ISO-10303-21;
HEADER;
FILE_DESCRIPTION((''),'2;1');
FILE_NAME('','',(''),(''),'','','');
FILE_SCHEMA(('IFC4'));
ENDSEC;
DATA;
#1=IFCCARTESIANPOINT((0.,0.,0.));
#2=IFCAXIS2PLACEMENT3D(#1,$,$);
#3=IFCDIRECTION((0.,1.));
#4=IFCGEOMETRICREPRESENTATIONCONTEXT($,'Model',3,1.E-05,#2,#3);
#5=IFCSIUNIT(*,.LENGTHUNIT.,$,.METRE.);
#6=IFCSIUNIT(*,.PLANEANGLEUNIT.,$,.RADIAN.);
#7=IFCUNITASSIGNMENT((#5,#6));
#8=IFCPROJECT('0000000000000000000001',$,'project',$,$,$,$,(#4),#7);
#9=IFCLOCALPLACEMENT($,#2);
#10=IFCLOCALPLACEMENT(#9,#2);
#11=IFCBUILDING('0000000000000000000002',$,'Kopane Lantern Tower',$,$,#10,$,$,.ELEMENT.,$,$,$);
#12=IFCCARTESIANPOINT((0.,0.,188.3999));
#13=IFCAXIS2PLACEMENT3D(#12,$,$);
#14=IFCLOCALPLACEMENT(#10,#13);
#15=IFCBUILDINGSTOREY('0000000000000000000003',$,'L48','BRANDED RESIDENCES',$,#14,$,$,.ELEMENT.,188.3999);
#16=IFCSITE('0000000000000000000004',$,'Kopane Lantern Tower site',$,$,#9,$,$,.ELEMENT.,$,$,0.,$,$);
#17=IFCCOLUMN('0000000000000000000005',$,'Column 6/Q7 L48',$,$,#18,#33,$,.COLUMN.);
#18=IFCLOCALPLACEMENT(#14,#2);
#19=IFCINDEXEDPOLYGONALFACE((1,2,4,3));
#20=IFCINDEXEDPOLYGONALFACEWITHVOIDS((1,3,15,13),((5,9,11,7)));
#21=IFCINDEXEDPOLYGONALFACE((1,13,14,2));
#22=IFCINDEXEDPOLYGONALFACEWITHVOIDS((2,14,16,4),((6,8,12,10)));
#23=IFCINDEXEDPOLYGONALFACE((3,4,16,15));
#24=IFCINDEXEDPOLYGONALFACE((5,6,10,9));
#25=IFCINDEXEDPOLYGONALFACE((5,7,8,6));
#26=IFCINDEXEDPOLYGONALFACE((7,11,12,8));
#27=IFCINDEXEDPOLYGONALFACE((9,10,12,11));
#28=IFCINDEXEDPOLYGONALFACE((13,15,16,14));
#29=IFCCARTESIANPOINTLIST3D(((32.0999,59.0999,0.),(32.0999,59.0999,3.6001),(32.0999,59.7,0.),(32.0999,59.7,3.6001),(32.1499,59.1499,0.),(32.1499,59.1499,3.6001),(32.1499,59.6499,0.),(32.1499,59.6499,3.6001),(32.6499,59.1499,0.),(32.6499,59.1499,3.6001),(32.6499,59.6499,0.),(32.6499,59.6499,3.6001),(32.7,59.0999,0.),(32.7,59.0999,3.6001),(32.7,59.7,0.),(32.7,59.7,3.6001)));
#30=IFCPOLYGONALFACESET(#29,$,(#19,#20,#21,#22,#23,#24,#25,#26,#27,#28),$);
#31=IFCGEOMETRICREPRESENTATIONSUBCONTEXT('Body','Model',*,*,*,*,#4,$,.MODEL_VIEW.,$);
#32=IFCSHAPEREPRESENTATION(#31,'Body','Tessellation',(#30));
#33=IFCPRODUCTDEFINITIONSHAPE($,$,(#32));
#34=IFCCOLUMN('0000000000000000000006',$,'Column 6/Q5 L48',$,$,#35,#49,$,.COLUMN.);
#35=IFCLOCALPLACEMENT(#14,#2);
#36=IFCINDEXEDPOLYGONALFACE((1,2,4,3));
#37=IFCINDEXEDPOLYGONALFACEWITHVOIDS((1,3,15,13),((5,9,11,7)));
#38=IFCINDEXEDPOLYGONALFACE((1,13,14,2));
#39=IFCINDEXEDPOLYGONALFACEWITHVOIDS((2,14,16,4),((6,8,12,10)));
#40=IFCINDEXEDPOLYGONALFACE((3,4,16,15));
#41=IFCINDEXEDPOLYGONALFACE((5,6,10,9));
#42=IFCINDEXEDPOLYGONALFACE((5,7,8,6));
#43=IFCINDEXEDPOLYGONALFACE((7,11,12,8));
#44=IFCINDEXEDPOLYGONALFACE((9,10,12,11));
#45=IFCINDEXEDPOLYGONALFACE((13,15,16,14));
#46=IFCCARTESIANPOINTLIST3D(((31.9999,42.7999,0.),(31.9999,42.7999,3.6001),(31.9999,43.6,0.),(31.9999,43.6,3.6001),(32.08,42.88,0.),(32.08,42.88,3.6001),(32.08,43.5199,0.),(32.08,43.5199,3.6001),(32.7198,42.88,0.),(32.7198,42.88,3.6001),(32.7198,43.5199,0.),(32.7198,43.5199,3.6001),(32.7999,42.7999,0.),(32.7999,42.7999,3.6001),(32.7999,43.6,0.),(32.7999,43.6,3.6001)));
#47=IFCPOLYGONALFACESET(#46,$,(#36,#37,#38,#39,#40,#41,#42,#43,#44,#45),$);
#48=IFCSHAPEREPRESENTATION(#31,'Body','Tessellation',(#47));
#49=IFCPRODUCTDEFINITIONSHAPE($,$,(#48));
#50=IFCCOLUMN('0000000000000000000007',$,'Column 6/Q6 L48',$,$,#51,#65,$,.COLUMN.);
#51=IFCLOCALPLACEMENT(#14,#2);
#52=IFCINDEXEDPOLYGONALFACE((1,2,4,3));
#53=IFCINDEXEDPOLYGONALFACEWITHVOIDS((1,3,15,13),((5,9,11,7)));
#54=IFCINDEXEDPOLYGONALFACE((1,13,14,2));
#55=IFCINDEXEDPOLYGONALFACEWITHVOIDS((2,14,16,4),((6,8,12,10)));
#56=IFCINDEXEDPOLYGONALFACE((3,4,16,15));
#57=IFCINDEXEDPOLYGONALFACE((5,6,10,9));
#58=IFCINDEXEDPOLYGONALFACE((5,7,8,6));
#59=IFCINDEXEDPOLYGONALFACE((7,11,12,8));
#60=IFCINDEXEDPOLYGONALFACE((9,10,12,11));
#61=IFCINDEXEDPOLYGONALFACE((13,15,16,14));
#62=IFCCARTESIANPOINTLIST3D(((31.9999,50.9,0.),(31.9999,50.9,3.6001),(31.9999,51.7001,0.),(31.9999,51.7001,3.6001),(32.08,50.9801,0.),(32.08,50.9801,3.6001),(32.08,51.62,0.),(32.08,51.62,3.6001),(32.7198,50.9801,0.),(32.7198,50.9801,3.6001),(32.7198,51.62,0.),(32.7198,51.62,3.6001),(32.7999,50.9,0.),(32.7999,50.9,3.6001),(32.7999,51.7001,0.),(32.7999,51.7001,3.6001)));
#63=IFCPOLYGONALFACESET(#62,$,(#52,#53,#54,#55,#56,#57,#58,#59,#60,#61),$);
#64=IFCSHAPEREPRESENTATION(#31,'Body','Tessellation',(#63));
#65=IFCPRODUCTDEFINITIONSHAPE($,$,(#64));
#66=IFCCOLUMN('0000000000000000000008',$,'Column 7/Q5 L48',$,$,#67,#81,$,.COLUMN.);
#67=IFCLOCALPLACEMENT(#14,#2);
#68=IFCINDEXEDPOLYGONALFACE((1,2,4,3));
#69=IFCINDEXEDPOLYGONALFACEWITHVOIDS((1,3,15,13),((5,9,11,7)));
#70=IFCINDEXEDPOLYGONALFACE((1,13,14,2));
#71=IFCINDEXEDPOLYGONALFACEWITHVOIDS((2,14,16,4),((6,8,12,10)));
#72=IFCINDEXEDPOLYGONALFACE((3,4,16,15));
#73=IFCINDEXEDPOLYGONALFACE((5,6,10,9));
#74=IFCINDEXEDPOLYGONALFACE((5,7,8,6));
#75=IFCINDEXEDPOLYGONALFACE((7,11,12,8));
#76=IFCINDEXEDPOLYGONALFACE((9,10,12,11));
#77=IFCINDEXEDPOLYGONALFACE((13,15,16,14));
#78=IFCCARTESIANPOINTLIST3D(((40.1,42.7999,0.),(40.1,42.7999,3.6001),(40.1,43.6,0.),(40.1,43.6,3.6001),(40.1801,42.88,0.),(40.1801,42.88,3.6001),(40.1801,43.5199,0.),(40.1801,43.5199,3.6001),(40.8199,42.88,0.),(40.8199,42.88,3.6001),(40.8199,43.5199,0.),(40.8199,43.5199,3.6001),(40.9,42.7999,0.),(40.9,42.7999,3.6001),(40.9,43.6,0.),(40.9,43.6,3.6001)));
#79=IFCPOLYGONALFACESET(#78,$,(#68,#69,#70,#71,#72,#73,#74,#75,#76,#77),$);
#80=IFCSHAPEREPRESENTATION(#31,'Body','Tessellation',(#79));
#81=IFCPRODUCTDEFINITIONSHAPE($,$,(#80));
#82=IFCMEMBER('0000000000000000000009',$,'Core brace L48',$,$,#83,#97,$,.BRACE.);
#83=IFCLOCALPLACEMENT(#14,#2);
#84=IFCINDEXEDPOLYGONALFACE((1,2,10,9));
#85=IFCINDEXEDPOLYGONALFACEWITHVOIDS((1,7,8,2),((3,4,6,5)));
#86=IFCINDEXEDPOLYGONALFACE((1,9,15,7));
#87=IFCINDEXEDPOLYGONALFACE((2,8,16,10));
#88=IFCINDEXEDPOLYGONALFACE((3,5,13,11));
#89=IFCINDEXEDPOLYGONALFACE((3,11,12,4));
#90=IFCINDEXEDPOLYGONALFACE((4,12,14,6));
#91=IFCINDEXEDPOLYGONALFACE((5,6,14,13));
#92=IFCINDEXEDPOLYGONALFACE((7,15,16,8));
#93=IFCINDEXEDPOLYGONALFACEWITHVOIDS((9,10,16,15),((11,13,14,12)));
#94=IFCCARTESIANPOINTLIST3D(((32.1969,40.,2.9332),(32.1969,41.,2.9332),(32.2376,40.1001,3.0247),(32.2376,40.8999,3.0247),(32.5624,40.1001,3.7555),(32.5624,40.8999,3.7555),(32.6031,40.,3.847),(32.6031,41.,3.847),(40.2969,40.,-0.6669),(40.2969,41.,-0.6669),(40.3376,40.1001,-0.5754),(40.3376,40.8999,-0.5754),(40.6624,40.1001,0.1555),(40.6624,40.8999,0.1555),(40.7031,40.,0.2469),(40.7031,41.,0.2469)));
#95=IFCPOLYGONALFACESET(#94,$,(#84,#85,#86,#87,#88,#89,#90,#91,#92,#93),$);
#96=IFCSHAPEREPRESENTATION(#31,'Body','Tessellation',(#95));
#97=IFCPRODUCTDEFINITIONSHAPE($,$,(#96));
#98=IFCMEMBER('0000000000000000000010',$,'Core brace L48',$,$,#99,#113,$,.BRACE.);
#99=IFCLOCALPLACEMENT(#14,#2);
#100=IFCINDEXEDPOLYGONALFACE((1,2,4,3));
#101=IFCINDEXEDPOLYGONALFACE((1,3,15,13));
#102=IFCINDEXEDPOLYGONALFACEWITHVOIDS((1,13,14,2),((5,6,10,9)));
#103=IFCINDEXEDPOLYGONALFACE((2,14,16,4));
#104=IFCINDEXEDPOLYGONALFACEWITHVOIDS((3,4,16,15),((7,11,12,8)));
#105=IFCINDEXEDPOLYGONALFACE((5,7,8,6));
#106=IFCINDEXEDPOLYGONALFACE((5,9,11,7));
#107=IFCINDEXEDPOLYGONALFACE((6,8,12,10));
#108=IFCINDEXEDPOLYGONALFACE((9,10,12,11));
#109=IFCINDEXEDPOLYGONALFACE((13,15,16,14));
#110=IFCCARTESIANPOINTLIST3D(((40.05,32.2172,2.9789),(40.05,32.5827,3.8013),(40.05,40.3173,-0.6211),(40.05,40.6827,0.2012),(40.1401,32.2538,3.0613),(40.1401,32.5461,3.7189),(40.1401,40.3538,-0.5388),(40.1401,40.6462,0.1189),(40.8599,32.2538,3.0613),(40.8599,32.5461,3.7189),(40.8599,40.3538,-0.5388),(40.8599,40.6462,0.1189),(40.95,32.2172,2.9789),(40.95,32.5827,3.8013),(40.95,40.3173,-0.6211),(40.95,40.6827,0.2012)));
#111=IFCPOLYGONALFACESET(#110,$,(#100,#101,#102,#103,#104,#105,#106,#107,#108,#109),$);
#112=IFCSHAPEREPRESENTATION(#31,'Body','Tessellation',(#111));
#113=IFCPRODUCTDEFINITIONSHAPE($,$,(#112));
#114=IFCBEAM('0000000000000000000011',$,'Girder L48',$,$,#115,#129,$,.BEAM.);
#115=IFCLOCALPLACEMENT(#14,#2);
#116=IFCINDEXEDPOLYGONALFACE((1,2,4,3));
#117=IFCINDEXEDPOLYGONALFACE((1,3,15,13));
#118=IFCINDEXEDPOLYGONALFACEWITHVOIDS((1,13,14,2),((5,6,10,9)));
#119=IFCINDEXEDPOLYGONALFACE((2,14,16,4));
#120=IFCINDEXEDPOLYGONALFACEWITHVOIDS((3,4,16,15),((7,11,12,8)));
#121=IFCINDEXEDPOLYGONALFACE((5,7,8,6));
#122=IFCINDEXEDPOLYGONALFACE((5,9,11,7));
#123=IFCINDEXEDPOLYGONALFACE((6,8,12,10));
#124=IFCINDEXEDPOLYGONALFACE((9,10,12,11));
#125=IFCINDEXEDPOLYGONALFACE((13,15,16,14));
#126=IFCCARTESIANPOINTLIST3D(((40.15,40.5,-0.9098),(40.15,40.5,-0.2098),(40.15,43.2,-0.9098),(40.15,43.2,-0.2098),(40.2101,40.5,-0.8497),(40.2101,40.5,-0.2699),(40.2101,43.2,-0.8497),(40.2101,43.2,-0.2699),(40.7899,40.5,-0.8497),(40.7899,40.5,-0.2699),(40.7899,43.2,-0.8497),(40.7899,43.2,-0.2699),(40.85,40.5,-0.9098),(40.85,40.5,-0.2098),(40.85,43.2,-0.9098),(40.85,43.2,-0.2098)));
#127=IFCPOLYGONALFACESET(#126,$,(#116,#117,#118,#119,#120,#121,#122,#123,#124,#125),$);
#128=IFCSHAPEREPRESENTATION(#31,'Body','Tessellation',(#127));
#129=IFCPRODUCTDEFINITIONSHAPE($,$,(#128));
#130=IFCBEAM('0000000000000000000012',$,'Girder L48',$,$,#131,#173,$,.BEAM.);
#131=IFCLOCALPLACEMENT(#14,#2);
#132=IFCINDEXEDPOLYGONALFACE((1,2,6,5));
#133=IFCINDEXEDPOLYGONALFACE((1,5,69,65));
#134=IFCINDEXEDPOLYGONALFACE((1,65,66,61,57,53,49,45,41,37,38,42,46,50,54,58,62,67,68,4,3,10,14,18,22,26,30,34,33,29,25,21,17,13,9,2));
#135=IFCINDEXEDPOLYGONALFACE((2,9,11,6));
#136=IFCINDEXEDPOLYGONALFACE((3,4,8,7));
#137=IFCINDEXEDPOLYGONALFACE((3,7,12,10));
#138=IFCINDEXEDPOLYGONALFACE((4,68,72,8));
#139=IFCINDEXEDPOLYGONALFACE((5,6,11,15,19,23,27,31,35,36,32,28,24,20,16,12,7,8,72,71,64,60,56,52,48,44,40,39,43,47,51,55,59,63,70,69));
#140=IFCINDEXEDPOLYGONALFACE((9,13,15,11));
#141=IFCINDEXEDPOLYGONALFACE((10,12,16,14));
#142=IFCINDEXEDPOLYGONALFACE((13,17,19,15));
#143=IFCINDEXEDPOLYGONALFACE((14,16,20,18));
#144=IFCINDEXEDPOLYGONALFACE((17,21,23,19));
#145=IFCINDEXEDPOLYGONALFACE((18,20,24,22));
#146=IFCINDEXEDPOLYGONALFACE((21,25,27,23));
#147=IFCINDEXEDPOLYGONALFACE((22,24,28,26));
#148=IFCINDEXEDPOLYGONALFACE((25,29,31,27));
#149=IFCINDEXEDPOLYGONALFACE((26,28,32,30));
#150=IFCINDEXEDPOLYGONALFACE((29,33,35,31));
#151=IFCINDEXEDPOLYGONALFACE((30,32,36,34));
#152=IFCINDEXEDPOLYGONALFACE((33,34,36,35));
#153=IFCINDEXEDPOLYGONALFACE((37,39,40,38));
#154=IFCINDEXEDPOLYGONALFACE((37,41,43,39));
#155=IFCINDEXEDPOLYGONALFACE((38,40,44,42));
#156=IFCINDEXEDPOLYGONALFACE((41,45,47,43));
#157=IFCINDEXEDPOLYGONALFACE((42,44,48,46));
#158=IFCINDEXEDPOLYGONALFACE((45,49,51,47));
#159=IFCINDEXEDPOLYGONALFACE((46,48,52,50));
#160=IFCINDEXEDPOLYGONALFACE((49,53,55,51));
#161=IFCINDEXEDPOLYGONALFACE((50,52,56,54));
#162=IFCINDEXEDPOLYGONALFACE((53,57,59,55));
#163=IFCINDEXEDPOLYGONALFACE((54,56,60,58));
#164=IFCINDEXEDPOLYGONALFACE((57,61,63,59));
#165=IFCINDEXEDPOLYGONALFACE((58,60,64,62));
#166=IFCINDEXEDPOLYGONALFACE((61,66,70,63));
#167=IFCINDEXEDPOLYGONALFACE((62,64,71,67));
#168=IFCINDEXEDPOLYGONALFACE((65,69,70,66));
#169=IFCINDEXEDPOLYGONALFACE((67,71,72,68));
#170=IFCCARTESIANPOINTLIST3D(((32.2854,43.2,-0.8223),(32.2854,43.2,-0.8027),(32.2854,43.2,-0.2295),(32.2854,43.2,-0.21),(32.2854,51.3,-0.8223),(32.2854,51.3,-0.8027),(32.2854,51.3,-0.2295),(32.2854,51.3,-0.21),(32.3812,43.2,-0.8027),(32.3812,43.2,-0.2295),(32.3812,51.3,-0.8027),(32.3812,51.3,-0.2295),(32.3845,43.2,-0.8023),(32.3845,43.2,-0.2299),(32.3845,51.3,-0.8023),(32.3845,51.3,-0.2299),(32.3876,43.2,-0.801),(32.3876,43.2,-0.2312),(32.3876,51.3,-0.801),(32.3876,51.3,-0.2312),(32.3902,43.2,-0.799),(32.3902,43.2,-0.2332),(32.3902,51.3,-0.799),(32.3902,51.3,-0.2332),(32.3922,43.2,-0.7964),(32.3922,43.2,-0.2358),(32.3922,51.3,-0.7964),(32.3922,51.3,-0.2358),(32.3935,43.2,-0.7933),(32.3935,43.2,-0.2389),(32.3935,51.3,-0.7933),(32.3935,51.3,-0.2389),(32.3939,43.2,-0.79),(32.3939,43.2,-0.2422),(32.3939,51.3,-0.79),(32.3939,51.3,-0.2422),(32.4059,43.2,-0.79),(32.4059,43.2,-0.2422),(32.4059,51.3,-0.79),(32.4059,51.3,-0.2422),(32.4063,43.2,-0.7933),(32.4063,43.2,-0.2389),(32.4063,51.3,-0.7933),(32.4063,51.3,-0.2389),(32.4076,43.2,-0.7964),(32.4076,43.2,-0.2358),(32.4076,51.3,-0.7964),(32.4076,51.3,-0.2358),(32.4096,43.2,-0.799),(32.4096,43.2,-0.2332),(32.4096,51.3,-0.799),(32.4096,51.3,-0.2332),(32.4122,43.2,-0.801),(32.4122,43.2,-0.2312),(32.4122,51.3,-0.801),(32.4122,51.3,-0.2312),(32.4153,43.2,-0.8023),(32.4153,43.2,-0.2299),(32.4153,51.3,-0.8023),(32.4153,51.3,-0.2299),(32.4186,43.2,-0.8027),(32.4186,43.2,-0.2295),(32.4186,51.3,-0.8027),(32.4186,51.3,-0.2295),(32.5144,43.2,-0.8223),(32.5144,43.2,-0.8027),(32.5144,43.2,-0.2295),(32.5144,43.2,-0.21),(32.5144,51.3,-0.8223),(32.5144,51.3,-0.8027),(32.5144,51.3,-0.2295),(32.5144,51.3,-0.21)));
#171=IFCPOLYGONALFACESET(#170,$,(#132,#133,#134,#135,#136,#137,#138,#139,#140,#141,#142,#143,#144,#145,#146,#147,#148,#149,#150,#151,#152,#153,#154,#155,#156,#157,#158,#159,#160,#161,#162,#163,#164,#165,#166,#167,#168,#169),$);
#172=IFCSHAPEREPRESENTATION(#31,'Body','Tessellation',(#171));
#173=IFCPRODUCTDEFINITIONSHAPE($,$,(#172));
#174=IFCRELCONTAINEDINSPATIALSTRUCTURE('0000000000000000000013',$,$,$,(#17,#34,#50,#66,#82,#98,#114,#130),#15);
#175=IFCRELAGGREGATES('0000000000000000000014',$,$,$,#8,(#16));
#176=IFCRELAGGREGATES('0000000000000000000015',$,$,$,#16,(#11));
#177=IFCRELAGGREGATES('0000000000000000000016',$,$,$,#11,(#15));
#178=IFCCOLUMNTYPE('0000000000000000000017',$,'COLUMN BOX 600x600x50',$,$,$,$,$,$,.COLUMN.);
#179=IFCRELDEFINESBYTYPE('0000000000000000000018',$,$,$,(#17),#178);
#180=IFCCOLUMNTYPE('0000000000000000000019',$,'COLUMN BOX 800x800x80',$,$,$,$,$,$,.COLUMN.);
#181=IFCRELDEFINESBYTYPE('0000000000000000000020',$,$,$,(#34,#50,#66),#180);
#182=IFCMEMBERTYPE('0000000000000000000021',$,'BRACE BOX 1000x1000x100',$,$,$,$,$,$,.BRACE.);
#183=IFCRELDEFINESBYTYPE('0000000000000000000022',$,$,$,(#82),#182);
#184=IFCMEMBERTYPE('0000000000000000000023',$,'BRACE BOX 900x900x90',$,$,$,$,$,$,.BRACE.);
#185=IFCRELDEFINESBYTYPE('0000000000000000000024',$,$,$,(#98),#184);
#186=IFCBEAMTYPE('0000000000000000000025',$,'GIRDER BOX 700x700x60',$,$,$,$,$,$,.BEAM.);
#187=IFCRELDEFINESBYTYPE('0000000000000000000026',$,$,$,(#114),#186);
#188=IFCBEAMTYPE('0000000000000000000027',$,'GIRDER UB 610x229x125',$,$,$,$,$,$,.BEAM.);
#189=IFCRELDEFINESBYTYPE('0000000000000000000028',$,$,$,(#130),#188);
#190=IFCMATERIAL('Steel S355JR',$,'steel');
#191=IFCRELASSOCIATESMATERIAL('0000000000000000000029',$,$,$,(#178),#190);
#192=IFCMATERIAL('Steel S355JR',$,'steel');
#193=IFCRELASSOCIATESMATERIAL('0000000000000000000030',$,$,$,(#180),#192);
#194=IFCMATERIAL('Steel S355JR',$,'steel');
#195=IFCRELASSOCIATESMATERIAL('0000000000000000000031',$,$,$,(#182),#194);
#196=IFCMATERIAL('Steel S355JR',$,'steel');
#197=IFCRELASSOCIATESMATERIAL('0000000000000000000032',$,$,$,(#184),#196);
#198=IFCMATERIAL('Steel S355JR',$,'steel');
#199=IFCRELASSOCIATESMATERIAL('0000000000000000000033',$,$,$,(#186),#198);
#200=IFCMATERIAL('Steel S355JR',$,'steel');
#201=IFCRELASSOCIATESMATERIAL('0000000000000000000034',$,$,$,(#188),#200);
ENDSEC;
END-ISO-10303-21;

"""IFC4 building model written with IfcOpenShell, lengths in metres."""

from ifc_helpers import new_model, si_unit, direction, frame, origin, origin_2d, place, context, subcontext, project, spatial, hollow_rectangle, i_section, extrude, material, material_profile, profile_set, type_object, element, save


model = new_model("IFC4")

# Units and contexts
model_context = context("Model", 3, precision=1e-05, world=origin(), true_north=direction((0.0, 1.0)))
body_context = subcontext(model_context, "Body", "Model", "MODEL_VIEW")
ifc_project = project(units=[si_unit("LENGTHUNIT", "METRE"), si_unit("PLANEANGLEUNIT", "RADIAN")], contexts=[model_context])

# Site, building, storey
site_placement = place(None, origin())
site = spatial("IfcSite", under=ifc_project, at=site_placement, Name="Kopane Lantern Tower site", CompositionType="ELEMENT", RefElevation=0.0)
building_placement = place(site_placement, origin())
building = spatial("IfcBuilding", under=site, at=building_placement, Name="Kopane Lantern Tower", CompositionType="ELEMENT")
storey_placement = place(building_placement, frame((0.0, 0.0, 188.3999)))
storey = spatial("IfcBuildingStorey", under=building, at=storey_placement, Name="L48", Description="BRANDED RESIDENCES", CompositionType="ELEMENT", Elevation=188.3999)

# Columns
ifc_material_1 = material(Name="Steel S355JR", Category="steel")
ifc_material_profile_1 = material_profile(ifc_material_1, hollow_rectangle(XDim=0.6001, YDim=0.6001, WallThickness=0.05, at=origin_2d()), Name="BOX 600x600x50")
ifc_profile_set_1 = profile_set([ifc_material_profile_1], Name="Steel S355JR")
column_type_1 = type_object("IfcColumnType", Name="COLUMN BOX 600x600x50", PredefinedType="COLUMN", material=ifc_profile_set_1)
column_placement = place(storey_placement, frame((32.3999, 59.3999, 0.0), z_axis=(0.0, 0.0, 1.0), x_axis=(1.0, 0.0, 0.0)))
element("IfcColumn", 1, at=column_placement, inside=storey, type_object=column_type_1, Name="Column 6/Q7 L48", PredefinedType="COLUMN", context=body_context, shape_type="SweptSolid", body=[
    extrude(hollow_rectangle(XDim=0.6001, YDim=0.6001, WallThickness=0.05, at=origin_2d()), origin(), (0.0, 0.0, 1.0), 3.6001),
])
ifc_material_2 = material(Name="Steel S355JR", Category="steel")
ifc_material_profile_2 = material_profile(ifc_material_2, hollow_rectangle(XDim=0.8, YDim=0.8, WallThickness=0.0801, at=origin_2d()), Name="BOX 800x800x80")
ifc_profile_set_2 = profile_set([ifc_material_profile_2], Name="Steel S355JR")
column_type_2 = type_object("IfcColumnType", Name="COLUMN BOX 800x800x80", PredefinedType="COLUMN", material=ifc_profile_set_2)
for number, where, z_axis, x_axis, name in (
    (2, (32.3999, 43.2, 0.0), (0.0, 0.0, 1.0), (1.0, 0.0, 0.0), "Column 6/Q5 L48"),
    (3, (32.3999, 51.3, 0.0), (0.0, 0.0, 1.0), (1.0, 0.0, 0.0), "Column 6/Q6 L48"),
    (4, (40.5, 43.2, 0.0), (0.0, 0.0, 1.0), (1.0, 0.0, 0.0), "Column 7/Q5 L48"),
):
    element("IfcColumn", number, at=place(storey_placement, frame(where, z_axis=z_axis, x_axis=x_axis)), inside=storey, type_object=column_type_2, Name=name, PredefinedType="COLUMN", context=body_context, shape_type="SweptSolid", body=[
        extrude(hollow_rectangle(XDim=0.8, YDim=0.8, WallThickness=0.0801, at=origin_2d()), origin(), (0.0, 0.0, 1.0), 3.6001),
    ])

# Members
ifc_material_3 = material(Name="Steel S355JR", Category="steel")
ifc_material_profile_3 = material_profile(ifc_material_3, hollow_rectangle(XDim=1.0, YDim=1.0, WallThickness=0.1001, at=origin_2d()), Name="BOX 1000x1000x100")
ifc_profile_set_3 = profile_set([ifc_material_profile_3], Name="Steel S355JR")
member_type_1 = type_object("IfcMemberType", Name="BRACE BOX 1000x1000x100", PredefinedType="BRACE", material=ifc_profile_set_3)
member_1_placement = place(storey_placement, frame((40.5, 40.5, -0.21), z_axis=(-0.913809, 0.0, 0.406144), x_axis=(0.0, -1.0, 0.0)))
element("IfcMember", 5, at=member_1_placement, inside=storey, type_object=member_type_1, Name="Core brace L48", PredefinedType="BRACE", context=body_context, shape_type="SweptSolid", body=[
    extrude(hollow_rectangle(XDim=1.0, YDim=1.0, WallThickness=0.1001, at=origin_2d()), origin(), (0.0, 0.0, 1.0), 8.864),
])
ifc_material_4 = material(Name="Steel S355JR", Category="steel")
ifc_material_profile_4 = material_profile(ifc_material_4, hollow_rectangle(XDim=0.8999, YDim=0.8999, WallThickness=0.0901, at=origin_2d()), Name="BOX 900x900x90")
ifc_profile_set_4 = profile_set([ifc_material_profile_4], Name="Steel S355JR")
member_type_2 = type_object("IfcMemberType", Name="BRACE BOX 900x900x90", PredefinedType="BRACE", material=ifc_profile_set_4)
member_2_placement = place(storey_placement, frame((40.5, 40.5, -0.21), z_axis=(0.0, -0.913809, 0.406144), x_axis=(1.0, 0.0, 0.0)))
element("IfcMember", 6, at=member_2_placement, inside=storey, type_object=member_type_2, Name="Core brace L48", PredefinedType="BRACE", context=body_context, shape_type="SweptSolid", body=[
    extrude(hollow_rectangle(XDim=0.8999, YDim=0.8999, WallThickness=0.0901, at=origin_2d()), origin(), (0.0, 0.0, 1.0), 8.864),
])

# Beams
ifc_material_5 = material(Name="Steel S355JR", Category="steel")
ifc_material_profile_5 = material_profile(ifc_material_5, hollow_rectangle(XDim=0.7, YDim=0.7, WallThickness=0.0601, at=origin_2d()), Name="BOX 700x700x60")
ifc_profile_set_5 = profile_set([ifc_material_profile_5], Name="Steel S355JR")
beam_type_1 = type_object("IfcBeamType", Name="GIRDER BOX 700x700x60", PredefinedType="BEAM", material=ifc_profile_set_5)
beam_1_placement = place(storey_placement, frame((40.5, 40.5, -0.5598), z_axis=(0.0, 1.0, 0.0), x_axis=(-1.0, 0.0, 0.0)))
element("IfcBeam", 7, at=beam_1_placement, inside=storey, type_object=beam_type_1, Name="Girder L48", PredefinedType="BEAM", context=body_context, shape_type="SweptSolid", body=[
    extrude(hollow_rectangle(XDim=0.7, YDim=0.7, WallThickness=0.0601, at=origin_2d()), origin(), (0.0, 0.0, 1.0), 2.7),
])
ifc_material_6 = material(Name="Steel S355JR", Category="steel")
ifc_material_profile_6 = material_profile(ifc_material_6, i_section(OverallWidth=0.229, OverallDepth=0.6123, WebThickness=0.012, FlangeThickness=0.0195, FilletRadius=0.0127, at=origin_2d()), Name="UB 610x229x125")
ifc_profile_set_6 = profile_set([ifc_material_profile_6], Name="Steel S355JR")
beam_type_2 = type_object("IfcBeamType", Name="GIRDER UB 610x229x125", PredefinedType="BEAM", material=ifc_profile_set_6)
for number, where, z_axis, x_axis, name in (
    (8, (32.3999, 43.2, -0.5161), (0.0, 1.0, 0.0), (-1.0, 0.0, 0.0), "Girder L48"),
):
    element("IfcBeam", number, at=place(storey_placement, frame(where, z_axis=z_axis, x_axis=x_axis)), inside=storey, type_object=beam_type_2, Name=name, PredefinedType="BEAM", context=body_context, shape_type="SweptSolid", body=[
        extrude(i_section(OverallWidth=0.229, OverallDepth=0.6123, WebThickness=0.012, FlangeThickness=0.0195, FilletRadius=0.0127, at=origin_2d()), origin(), (0.0, 0.0, 1.0), 8.1001),
    ])

save(model, "model.ifc")
